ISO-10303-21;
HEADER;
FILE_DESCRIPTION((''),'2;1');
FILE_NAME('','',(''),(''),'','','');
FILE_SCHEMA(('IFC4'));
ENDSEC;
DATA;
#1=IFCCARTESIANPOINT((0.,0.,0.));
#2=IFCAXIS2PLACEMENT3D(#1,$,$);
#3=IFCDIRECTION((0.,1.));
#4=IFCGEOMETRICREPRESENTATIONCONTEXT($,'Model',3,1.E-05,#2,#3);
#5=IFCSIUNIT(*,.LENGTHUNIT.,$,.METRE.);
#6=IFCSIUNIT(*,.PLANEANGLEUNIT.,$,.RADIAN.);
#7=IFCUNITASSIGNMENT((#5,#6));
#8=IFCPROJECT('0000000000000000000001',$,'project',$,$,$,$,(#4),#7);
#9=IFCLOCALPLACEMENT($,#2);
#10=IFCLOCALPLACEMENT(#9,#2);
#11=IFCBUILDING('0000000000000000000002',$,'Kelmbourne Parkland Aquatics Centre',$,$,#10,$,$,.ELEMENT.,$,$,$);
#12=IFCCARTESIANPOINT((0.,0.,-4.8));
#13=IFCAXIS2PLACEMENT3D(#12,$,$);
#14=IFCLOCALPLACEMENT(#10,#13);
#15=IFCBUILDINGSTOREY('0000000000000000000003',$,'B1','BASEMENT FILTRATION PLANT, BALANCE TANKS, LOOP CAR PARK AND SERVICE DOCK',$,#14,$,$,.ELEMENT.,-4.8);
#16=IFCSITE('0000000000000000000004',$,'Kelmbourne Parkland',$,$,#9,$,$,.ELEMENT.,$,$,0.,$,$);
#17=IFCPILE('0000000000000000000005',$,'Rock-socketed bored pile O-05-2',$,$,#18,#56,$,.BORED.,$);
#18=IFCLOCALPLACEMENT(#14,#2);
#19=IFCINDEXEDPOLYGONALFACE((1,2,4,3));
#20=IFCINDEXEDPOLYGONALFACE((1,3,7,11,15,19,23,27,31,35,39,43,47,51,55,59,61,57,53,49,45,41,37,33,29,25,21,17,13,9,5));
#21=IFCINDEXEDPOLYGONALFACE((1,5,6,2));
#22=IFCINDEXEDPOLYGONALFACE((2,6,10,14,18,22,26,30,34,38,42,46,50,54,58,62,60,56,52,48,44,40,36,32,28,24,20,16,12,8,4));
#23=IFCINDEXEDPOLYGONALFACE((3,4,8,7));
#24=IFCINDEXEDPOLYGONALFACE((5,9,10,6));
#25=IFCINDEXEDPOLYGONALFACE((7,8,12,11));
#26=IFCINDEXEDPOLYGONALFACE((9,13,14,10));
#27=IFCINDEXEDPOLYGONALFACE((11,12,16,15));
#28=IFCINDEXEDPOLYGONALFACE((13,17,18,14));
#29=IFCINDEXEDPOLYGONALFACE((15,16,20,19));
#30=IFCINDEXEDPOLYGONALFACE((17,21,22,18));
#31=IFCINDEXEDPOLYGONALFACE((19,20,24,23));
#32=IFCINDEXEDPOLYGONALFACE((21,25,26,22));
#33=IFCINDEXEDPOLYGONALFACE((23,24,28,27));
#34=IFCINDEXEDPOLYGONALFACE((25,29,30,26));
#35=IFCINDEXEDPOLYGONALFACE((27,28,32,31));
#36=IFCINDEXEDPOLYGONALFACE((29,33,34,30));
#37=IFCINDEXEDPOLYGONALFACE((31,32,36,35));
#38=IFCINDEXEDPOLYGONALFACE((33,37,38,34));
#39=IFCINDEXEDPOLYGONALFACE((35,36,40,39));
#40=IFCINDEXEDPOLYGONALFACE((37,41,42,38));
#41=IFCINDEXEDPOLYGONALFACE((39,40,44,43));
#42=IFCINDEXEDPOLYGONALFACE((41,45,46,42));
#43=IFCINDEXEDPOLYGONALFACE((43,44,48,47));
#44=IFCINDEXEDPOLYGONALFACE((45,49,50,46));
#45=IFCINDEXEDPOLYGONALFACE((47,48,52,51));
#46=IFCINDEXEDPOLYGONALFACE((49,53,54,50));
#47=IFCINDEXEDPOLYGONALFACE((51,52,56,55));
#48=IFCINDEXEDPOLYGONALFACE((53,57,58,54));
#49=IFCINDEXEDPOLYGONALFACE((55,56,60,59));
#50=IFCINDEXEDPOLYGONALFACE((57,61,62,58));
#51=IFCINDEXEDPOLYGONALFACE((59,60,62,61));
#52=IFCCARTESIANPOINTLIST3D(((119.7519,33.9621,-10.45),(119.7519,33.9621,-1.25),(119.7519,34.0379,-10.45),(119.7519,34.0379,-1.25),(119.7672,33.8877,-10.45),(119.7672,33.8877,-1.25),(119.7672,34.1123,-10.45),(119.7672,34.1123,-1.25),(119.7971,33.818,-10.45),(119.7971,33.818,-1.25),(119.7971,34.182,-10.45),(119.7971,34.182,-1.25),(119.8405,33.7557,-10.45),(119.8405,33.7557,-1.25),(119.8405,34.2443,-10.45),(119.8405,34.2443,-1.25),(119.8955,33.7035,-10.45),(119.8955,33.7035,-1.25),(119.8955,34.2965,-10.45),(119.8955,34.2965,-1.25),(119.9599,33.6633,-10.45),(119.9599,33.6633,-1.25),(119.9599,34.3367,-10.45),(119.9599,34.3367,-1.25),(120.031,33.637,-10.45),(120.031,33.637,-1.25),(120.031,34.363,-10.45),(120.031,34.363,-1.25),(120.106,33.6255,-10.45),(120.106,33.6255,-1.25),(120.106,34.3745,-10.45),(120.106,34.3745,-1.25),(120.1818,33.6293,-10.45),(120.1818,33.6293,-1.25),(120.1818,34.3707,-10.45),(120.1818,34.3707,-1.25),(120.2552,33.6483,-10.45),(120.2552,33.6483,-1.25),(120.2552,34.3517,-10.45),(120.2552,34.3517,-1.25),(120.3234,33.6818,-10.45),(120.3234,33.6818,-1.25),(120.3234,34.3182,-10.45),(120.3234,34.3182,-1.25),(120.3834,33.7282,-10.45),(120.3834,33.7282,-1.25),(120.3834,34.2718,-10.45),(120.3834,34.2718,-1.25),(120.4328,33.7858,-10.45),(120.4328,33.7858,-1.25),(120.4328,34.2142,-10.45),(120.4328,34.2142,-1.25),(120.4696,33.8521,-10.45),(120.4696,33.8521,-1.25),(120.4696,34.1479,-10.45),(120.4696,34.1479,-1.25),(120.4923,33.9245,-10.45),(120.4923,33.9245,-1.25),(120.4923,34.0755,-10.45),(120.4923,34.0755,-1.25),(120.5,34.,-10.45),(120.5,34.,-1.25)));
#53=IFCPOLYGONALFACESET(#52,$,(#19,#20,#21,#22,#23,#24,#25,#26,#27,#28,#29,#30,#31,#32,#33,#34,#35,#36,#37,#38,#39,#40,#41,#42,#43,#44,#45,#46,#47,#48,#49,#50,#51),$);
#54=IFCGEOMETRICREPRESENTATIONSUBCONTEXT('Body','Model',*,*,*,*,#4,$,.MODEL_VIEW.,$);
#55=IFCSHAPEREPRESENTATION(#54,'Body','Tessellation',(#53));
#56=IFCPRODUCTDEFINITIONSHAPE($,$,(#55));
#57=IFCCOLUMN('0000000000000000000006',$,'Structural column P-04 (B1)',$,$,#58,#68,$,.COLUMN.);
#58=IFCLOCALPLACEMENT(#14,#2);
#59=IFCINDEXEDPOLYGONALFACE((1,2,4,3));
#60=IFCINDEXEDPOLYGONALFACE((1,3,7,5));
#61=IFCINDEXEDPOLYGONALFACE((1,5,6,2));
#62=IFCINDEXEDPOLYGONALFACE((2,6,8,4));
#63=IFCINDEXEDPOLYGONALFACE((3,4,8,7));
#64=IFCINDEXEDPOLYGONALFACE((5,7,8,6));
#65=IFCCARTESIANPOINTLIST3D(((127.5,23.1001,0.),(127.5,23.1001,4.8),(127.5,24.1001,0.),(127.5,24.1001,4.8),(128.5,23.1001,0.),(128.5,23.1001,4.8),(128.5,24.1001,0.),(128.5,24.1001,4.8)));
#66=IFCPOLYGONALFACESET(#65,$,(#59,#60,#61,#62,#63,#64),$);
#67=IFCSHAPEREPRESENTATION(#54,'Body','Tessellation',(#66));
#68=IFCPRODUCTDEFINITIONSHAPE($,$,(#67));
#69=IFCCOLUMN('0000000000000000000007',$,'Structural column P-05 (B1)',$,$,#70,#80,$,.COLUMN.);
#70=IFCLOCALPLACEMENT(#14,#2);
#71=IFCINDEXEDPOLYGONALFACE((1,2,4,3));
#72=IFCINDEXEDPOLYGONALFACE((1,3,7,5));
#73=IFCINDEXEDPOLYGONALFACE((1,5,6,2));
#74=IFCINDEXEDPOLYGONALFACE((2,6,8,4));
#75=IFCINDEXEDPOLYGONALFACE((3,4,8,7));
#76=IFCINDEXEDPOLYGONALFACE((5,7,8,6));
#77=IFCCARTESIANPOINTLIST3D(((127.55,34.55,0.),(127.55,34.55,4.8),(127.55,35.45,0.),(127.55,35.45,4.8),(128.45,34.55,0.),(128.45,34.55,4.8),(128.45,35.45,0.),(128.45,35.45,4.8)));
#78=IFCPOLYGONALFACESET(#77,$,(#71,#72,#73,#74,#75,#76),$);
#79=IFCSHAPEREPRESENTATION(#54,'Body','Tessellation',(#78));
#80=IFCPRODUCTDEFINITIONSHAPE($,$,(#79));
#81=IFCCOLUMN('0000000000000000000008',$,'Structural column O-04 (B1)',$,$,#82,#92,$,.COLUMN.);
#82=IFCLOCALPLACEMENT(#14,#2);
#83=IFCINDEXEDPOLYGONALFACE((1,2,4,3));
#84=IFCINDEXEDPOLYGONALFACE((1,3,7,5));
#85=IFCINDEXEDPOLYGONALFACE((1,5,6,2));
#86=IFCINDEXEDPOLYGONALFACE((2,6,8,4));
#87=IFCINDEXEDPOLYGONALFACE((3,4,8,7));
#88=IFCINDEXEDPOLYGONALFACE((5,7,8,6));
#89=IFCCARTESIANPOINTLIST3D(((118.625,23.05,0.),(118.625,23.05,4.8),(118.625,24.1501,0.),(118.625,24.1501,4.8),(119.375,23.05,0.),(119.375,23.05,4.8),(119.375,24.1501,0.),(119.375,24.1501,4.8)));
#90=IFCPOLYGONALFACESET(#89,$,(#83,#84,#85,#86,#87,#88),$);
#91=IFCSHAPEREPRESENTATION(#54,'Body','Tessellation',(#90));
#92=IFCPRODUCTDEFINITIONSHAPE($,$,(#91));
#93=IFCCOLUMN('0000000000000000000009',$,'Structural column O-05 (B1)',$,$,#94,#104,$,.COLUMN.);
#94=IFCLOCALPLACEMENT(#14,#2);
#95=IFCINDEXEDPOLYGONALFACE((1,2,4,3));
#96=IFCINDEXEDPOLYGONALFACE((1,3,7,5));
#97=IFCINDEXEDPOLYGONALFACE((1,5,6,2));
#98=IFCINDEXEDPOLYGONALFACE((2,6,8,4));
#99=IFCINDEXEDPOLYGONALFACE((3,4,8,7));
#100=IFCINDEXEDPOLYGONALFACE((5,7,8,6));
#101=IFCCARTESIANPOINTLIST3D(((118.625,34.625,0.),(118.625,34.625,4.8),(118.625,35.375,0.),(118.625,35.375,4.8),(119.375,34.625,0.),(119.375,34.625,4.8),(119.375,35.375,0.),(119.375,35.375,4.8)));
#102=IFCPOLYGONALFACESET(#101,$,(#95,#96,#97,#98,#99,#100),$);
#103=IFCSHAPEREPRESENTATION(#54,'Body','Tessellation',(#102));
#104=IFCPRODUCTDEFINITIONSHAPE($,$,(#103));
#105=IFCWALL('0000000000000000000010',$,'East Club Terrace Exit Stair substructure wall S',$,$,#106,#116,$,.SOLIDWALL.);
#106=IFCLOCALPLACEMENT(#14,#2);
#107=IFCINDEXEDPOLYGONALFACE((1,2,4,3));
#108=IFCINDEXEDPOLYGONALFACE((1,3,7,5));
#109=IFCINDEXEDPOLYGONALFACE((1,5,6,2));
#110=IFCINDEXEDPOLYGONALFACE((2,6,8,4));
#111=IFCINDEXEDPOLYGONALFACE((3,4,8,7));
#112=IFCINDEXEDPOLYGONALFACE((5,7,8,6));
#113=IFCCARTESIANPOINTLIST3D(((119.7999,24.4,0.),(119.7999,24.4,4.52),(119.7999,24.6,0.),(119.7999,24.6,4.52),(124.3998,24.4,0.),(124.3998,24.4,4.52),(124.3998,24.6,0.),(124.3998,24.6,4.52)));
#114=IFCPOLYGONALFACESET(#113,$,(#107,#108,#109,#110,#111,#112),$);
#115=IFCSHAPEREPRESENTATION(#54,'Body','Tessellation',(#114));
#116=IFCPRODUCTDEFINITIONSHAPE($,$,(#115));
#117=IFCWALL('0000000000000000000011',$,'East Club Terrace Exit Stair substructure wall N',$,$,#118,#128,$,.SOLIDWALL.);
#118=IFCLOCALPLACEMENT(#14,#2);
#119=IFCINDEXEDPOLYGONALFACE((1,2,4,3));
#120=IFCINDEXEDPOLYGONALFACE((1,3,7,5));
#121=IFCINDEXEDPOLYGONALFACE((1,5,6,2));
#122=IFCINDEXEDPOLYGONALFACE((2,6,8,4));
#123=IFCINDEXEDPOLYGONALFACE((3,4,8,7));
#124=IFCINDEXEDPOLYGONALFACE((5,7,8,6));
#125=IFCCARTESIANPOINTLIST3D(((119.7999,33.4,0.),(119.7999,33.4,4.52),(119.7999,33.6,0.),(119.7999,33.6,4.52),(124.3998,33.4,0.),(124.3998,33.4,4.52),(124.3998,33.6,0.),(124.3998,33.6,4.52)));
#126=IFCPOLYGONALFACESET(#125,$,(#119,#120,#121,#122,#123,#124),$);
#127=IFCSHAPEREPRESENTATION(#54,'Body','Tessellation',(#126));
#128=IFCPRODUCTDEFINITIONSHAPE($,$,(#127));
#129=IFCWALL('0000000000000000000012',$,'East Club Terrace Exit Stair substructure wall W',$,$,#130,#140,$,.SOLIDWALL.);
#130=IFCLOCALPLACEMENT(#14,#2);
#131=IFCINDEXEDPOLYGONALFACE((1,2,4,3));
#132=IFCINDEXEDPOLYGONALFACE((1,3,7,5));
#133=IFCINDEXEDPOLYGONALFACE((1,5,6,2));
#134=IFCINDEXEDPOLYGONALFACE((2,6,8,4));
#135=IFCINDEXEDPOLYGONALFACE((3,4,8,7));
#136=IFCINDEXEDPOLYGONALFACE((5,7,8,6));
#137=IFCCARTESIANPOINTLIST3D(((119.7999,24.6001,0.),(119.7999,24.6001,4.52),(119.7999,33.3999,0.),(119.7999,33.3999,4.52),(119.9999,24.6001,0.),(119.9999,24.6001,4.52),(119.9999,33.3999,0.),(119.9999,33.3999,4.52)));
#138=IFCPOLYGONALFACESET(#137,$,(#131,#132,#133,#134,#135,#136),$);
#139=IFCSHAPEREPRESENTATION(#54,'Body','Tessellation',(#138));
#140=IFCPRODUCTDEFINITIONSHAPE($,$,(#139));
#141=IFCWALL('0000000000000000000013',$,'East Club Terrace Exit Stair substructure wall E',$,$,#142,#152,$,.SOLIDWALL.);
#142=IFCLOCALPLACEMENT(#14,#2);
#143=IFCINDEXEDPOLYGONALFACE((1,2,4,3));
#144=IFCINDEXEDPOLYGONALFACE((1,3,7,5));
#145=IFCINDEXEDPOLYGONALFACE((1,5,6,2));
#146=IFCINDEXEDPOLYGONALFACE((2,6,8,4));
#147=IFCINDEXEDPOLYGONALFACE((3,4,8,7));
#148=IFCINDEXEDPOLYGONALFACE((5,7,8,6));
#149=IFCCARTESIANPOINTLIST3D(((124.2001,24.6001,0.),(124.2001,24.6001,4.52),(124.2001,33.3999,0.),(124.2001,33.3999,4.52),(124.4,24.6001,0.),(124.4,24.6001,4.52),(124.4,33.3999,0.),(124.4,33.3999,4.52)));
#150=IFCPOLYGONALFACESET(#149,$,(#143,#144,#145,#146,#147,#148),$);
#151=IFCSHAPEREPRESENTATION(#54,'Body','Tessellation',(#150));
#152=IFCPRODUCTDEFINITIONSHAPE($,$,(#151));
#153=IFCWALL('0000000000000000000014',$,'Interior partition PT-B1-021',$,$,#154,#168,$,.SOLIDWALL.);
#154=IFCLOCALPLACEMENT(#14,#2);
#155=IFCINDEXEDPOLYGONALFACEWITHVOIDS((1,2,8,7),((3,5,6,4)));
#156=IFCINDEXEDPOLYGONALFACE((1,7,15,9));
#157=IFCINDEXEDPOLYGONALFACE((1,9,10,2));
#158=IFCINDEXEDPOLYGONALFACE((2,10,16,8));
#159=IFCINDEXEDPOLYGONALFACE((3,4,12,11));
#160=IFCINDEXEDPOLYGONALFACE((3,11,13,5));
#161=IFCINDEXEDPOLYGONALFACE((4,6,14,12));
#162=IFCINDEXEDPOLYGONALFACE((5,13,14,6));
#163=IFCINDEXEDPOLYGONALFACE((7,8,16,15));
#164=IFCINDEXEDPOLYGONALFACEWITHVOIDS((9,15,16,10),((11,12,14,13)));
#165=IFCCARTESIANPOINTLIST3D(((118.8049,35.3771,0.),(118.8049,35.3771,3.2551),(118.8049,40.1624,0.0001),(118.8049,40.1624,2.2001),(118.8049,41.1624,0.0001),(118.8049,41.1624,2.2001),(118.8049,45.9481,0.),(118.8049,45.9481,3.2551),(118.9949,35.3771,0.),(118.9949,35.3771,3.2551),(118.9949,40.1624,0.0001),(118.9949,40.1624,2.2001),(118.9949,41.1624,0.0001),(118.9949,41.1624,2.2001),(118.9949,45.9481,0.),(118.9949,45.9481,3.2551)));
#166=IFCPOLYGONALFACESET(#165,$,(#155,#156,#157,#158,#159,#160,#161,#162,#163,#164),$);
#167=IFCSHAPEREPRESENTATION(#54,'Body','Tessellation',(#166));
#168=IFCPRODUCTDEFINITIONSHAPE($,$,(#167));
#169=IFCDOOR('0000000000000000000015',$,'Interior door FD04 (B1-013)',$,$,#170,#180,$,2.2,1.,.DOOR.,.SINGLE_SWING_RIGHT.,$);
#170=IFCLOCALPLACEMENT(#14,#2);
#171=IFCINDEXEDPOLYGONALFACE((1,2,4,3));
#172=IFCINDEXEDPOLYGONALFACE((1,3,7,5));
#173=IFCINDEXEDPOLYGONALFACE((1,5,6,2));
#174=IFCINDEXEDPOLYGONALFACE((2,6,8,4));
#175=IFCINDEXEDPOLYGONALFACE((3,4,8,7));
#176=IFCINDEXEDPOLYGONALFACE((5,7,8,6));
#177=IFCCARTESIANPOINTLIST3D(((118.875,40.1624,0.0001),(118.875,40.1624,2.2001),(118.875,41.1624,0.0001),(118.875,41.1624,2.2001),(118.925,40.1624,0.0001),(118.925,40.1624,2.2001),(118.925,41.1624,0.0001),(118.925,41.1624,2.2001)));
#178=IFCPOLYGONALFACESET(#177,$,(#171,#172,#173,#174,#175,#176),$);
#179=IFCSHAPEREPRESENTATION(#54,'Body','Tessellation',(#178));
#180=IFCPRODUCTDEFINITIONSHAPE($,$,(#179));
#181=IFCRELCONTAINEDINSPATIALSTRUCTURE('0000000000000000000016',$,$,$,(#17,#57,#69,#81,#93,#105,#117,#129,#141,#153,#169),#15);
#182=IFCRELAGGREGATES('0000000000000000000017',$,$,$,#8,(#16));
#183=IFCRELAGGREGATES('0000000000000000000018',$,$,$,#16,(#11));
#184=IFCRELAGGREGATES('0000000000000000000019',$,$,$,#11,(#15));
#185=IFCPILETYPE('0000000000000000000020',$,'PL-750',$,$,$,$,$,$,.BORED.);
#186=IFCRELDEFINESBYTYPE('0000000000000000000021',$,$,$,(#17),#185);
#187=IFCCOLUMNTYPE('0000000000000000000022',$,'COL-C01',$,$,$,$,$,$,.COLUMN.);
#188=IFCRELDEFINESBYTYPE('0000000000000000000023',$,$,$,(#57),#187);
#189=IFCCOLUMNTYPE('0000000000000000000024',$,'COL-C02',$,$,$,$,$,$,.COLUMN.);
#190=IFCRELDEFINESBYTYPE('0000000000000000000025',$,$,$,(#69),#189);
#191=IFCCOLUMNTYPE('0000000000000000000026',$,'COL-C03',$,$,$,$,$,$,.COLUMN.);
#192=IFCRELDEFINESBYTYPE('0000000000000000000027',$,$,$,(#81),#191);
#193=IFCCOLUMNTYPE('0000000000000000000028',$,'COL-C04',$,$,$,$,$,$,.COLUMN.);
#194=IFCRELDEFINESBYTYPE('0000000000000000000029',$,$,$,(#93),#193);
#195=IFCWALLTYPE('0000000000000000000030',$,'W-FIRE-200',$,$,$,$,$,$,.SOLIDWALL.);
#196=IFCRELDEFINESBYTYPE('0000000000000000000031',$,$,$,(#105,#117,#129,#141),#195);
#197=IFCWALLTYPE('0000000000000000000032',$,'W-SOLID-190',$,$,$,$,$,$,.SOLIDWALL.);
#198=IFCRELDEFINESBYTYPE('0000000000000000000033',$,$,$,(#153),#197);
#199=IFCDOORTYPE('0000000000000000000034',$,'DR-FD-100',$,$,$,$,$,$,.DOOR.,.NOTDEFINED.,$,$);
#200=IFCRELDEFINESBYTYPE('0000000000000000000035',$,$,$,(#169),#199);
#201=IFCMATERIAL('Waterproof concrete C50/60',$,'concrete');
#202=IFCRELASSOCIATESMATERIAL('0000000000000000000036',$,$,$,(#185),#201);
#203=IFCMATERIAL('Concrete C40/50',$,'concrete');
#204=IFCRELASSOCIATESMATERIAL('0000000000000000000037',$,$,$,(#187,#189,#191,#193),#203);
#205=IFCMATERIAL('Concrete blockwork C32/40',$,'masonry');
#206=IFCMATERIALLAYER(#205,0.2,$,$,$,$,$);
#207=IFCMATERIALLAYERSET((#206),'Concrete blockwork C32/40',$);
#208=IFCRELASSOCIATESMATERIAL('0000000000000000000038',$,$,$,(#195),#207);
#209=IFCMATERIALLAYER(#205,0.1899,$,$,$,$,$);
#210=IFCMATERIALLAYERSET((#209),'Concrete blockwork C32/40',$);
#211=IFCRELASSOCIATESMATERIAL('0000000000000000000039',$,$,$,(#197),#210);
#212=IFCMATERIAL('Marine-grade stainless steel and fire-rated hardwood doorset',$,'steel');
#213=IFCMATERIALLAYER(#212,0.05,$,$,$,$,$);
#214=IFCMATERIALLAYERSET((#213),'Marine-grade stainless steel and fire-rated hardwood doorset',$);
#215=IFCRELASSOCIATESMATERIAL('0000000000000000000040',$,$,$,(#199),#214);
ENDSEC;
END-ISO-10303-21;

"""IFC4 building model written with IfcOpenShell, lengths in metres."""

from ifc_helpers import new_model, si_unit, direction, frame, frame_2d, origin, origin_2d, place, context, subcontext, project, spatial, rectangle, circle, extrude, material, layer, layer_set, material_profile, profile_set, type_object, element, fill, save


model = new_model("IFC4")

# Units and contexts
model_context = context("Model", 3, precision=1e-05, world=origin(), true_north=direction((0.0, 1.0)))
body_context = subcontext(model_context, "Body", "Model", "MODEL_VIEW")
ifc_project = project(units=[si_unit("LENGTHUNIT", "METRE"), si_unit("PLANEANGLEUNIT", "RADIAN")], contexts=[model_context])

# Site, building, storey
site_placement = place(None, origin())
site = spatial("IfcSite", under=ifc_project, at=site_placement, Name="Kelmbourne Parkland", CompositionType="ELEMENT", RefElevation=0.0)
building_placement = place(site_placement, origin())
building = spatial("IfcBuilding", under=site, at=building_placement, Name="Kelmbourne Parkland Aquatics Centre", CompositionType="ELEMENT")
storey_placement = place(building_placement, frame((0.0, 0.0, -4.8)))
storey = spatial("IfcBuildingStorey", under=building, at=storey_placement, Name="B1", Description="BASEMENT FILTRATION PLANT, BALANCE TANKS, LOOP CAR PARK AND SERVICE DOCK", CompositionType="ELEMENT", Elevation=-4.8)

# Shared definitions
ifc_material_1 = material(Name="Waterproof concrete C50/60", Category="concrete")

# Pile
ifc_material_profile_1 = material_profile(ifc_material_1, circle(Radius=0.375, at=origin_2d()), Name="PILE D750")
ifc_profile_set_1 = profile_set([ifc_material_profile_1], Name="Waterproof concrete C50/60")
pile_type_1 = type_object("IfcPileType", Name="PL-750", PredefinedType="BORED", material=ifc_profile_set_1)
for number, where, z_axis, x_axis, name in (
    (1, (120.125, 34.0, -1.25), (0.0, 0.0, -1.0), (1.0, 0.0, 0.0), "Rock-socketed bored pile O-05-2"),
):
    element("IfcPile", number, at=place(storey_placement, frame(where, z_axis=z_axis, x_axis=x_axis)), inside=storey, type_object=pile_type_1, Name=name, PredefinedType="BORED", context=body_context, shape_type="SweptSolid", body=[
        extrude(circle(Radius=0.375, at=origin_2d()), origin(), (0.0, 0.0, 1.0), 9.2),
    ])

# Columns
ifc_material_2 = material(Name="Concrete C40/50", Category="concrete")
ifc_material_profile_2 = material_profile(ifc_material_2, rectangle(XDim=1.0, YDim=1.0, at=origin_2d()), Name="RC 1000x1000")
ifc_profile_set_2 = profile_set([ifc_material_profile_2], Name="Concrete C40/50")
column_type_1 = type_object("IfcColumnType", Name="COL-C01", PredefinedType="COLUMN", material=ifc_profile_set_2)
column_1_placement = place(storey_placement, frame((128.0, 23.6001, 0.0), z_axis=(0.0, 0.0, 1.0), x_axis=(1.0, 0.0, 0.0)))
element("IfcColumn", 2, at=column_1_placement, inside=storey, type_object=column_type_1, Name="Structural column P-04 (B1)", PredefinedType="COLUMN", context=body_context, shape_type="SweptSolid", body=[
    extrude(rectangle(XDim=1.0, YDim=1.0, at=origin_2d()), origin(), (0.0, 0.0, 1.0), 4.8),
])
ifc_material_profile_3 = material_profile(ifc_material_2, rectangle(XDim=0.8999, YDim=0.8999, at=origin_2d()), Name="RC 900x900")
ifc_profile_set_3 = profile_set([ifc_material_profile_3], Name="Concrete C40/50")
column_type_2 = type_object("IfcColumnType", Name="COL-C02", PredefinedType="COLUMN", material=ifc_profile_set_3)
column_2_placement = place(storey_placement, frame((128.0, 35.0, 0.0), z_axis=(0.0, 0.0, 1.0), x_axis=(1.0, 0.0, 0.0)))
element("IfcColumn", 3, at=column_2_placement, inside=storey, type_object=column_type_2, Name="Structural column P-05 (B1)", PredefinedType="COLUMN", context=body_context, shape_type="SweptSolid", body=[
    extrude(rectangle(XDim=0.8999, YDim=0.8999, at=origin_2d()), origin(), (0.0, 0.0, 1.0), 4.8),
])
ifc_material_profile_4 = material_profile(ifc_material_2, rectangle(XDim=0.75, YDim=1.1001, at=origin_2d()), Name="RC 750x1100")
ifc_profile_set_4 = profile_set([ifc_material_profile_4], Name="Concrete C40/50")
column_type_3 = type_object("IfcColumnType", Name="COL-C03", PredefinedType="COLUMN", material=ifc_profile_set_4)
column_3_placement = place(storey_placement, frame((119.0, 23.6001, 0.0), z_axis=(0.0, 0.0, 1.0), x_axis=(1.0, 0.0, 0.0)))
element("IfcColumn", 4, at=column_3_placement, inside=storey, type_object=column_type_3, Name="Structural column O-04 (B1)", PredefinedType="COLUMN", context=body_context, shape_type="SweptSolid", body=[
    extrude(rectangle(XDim=0.75, YDim=1.1001, at=origin_2d()), origin(), (0.0, 0.0, 1.0), 4.8),
])
ifc_material_profile_5 = material_profile(ifc_material_2, rectangle(XDim=0.75, YDim=0.75, at=origin_2d()), Name="RC 750x750")
ifc_profile_set_5 = profile_set([ifc_material_profile_5], Name="Concrete C40/50")
column_type_4 = type_object("IfcColumnType", Name="COL-C04", PredefinedType="COLUMN", material=ifc_profile_set_5)
column_4_placement = place(storey_placement, frame((119.0, 35.0, 0.0), z_axis=(0.0, 0.0, 1.0), x_axis=(1.0, 0.0, 0.0)))
element("IfcColumn", 5, at=column_4_placement, inside=storey, type_object=column_type_4, Name="Structural column O-05 (B1)", PredefinedType="COLUMN", context=body_context, shape_type="SweptSolid", body=[
    extrude(rectangle(XDim=0.75, YDim=0.75, at=origin_2d()), origin(), (0.0, 0.0, 1.0), 4.8),
])

# Walls
ifc_material_3 = material(Name="Concrete blockwork C32/40", Category="masonry")
ifc_layer_1 = layer(ifc_material_3, 0.2)
ifc_layer_set_1 = layer_set([ifc_layer_1], Name="Concrete blockwork C32/40")
wall_type_1 = type_object("IfcWallType", Name="W-FIRE-200", PredefinedType="SOLIDWALL", material=ifc_layer_set_1)
for number, where, z_axis, x_axis, name in (
    (6, (119.8, 24.5, 0.0), (0.0, 0.0, 1.0), (1.0, 0.0, 0.0), "East Club Terrace Exit Stair substructure wall S"),
    (7, (119.8, 33.5, 0.0), (0.0, 0.0, 1.0), (1.0, 0.0, 0.0), "East Club Terrace Exit Stair substructure wall N"),
):
    element("IfcWall", number, at=place(storey_placement, frame(where, z_axis=z_axis, x_axis=x_axis)), inside=storey, type_object=wall_type_1, Name=name, PredefinedType="SOLIDWALL", context=body_context, shape_type="SweptSolid", body=[
        extrude(rectangle(XDim=4.5999, YDim=0.2, at=frame_2d((2.2998, 0.0))), origin(), (0.0, 0.0, 1.0), 4.52),
    ])
for number, where, z_axis, x_axis, name in (
    (8, (119.8999, 24.6001, 0.0), (0.0, 0.0, 1.0), (0.0, 1.0, 0.0), "East Club Terrace Exit Stair substructure wall W"),
    (9, (124.3, 24.6001, 0.0), (0.0, 0.0, 1.0), (0.0, 1.0, 0.0), "East Club Terrace Exit Stair substructure wall E"),
):
    element("IfcWall", number, at=place(storey_placement, frame(where, z_axis=z_axis, x_axis=x_axis)), inside=storey, type_object=wall_type_1, Name=name, PredefinedType="SOLIDWALL", context=body_context, shape_type="SweptSolid", body=[
        extrude(rectangle(XDim=8.7998, YDim=0.2, at=frame_2d((4.3999, 0.0))), origin(), (0.0, 0.0, 1.0), 4.52),
    ])

# Wall, opening, door
ifc_layer_2 = layer(ifc_material_3, 0.1899)
ifc_layer_set_2 = layer_set([ifc_layer_2], Name="Concrete blockwork C32/40")
wall_type_2 = type_object("IfcWallType", Name="W-SOLID-190", PredefinedType="SOLIDWALL", material=ifc_layer_set_2)
wall_placement = place(storey_placement, frame((118.8999, 35.377, 0.0), z_axis=(0.0, 0.0, 1.0), x_axis=(0.0, 1.0, 0.0)))
wall = element("IfcWall", 10, at=wall_placement, inside=storey, type_object=wall_type_2, Name="Interior partition PT-B1-021", PredefinedType="SOLIDWALL", context=body_context, shape_type="SweptSolid", body=[
    extrude(rectangle(XDim=10.571, YDim=0.1899, at=frame_2d((5.2856, 0.0))), origin(), (0.0, 0.0, 1.0), 3.2551),
])
opening_placement = place(wall_placement, frame((4.7854, 0.0, 0.0)))
opening = element("IfcOpeningElement", 11, at=opening_placement, cuts=wall, PredefinedType="OPENING", context=body_context, shape_type="SweptSolid", body=[
    extrude(rectangle(XDim=1.0, YDim=2.2, at=frame_2d((0.5, 1.1001))), frame((0.0, 0.1069, 0.0), z_axis=(0.0, -1.0, 0.0), x_axis=(1.0, 0.0, 0.0)), (0.0, 0.0, 1.0), 0.2139),
])
ifc_material_4 = material(Name="Marine-grade stainless steel and fire-rated hardwood doorset", Category="steel")
ifc_layer_3 = layer(ifc_material_4, 0.05)
ifc_layer_set_3 = layer_set([ifc_layer_3], Name="Marine-grade stainless steel and fire-rated hardwood doorset")
door_type = type_object("IfcDoorType", Name="DR-FD-100", OperationType="NOTDEFINED", PredefinedType="DOOR", material=ifc_layer_set_3)
door_placement = place(opening_placement, origin())
door = element("IfcDoor", 12, at=door_placement, inside=storey, type_object=door_type, Name="Interior door FD04 (B1-013)", OperationType="SINGLE_SWING_RIGHT", OverallHeight=2.2, OverallWidth=1.0, PredefinedType="DOOR", context=body_context, shape_type="SweptSolid", body=[
    extrude(rectangle(XDim=1.0, YDim=2.2, at=frame_2d((0.5, 1.1001))), frame((0.0, 0.0249, 0.0), z_axis=(0.0, -1.0, 0.0), x_axis=(1.0, 0.0, 0.0)), (0.0, 0.0, 1.0), 0.05),
])
fill(opening, door)

save(model, "model.ifc")
